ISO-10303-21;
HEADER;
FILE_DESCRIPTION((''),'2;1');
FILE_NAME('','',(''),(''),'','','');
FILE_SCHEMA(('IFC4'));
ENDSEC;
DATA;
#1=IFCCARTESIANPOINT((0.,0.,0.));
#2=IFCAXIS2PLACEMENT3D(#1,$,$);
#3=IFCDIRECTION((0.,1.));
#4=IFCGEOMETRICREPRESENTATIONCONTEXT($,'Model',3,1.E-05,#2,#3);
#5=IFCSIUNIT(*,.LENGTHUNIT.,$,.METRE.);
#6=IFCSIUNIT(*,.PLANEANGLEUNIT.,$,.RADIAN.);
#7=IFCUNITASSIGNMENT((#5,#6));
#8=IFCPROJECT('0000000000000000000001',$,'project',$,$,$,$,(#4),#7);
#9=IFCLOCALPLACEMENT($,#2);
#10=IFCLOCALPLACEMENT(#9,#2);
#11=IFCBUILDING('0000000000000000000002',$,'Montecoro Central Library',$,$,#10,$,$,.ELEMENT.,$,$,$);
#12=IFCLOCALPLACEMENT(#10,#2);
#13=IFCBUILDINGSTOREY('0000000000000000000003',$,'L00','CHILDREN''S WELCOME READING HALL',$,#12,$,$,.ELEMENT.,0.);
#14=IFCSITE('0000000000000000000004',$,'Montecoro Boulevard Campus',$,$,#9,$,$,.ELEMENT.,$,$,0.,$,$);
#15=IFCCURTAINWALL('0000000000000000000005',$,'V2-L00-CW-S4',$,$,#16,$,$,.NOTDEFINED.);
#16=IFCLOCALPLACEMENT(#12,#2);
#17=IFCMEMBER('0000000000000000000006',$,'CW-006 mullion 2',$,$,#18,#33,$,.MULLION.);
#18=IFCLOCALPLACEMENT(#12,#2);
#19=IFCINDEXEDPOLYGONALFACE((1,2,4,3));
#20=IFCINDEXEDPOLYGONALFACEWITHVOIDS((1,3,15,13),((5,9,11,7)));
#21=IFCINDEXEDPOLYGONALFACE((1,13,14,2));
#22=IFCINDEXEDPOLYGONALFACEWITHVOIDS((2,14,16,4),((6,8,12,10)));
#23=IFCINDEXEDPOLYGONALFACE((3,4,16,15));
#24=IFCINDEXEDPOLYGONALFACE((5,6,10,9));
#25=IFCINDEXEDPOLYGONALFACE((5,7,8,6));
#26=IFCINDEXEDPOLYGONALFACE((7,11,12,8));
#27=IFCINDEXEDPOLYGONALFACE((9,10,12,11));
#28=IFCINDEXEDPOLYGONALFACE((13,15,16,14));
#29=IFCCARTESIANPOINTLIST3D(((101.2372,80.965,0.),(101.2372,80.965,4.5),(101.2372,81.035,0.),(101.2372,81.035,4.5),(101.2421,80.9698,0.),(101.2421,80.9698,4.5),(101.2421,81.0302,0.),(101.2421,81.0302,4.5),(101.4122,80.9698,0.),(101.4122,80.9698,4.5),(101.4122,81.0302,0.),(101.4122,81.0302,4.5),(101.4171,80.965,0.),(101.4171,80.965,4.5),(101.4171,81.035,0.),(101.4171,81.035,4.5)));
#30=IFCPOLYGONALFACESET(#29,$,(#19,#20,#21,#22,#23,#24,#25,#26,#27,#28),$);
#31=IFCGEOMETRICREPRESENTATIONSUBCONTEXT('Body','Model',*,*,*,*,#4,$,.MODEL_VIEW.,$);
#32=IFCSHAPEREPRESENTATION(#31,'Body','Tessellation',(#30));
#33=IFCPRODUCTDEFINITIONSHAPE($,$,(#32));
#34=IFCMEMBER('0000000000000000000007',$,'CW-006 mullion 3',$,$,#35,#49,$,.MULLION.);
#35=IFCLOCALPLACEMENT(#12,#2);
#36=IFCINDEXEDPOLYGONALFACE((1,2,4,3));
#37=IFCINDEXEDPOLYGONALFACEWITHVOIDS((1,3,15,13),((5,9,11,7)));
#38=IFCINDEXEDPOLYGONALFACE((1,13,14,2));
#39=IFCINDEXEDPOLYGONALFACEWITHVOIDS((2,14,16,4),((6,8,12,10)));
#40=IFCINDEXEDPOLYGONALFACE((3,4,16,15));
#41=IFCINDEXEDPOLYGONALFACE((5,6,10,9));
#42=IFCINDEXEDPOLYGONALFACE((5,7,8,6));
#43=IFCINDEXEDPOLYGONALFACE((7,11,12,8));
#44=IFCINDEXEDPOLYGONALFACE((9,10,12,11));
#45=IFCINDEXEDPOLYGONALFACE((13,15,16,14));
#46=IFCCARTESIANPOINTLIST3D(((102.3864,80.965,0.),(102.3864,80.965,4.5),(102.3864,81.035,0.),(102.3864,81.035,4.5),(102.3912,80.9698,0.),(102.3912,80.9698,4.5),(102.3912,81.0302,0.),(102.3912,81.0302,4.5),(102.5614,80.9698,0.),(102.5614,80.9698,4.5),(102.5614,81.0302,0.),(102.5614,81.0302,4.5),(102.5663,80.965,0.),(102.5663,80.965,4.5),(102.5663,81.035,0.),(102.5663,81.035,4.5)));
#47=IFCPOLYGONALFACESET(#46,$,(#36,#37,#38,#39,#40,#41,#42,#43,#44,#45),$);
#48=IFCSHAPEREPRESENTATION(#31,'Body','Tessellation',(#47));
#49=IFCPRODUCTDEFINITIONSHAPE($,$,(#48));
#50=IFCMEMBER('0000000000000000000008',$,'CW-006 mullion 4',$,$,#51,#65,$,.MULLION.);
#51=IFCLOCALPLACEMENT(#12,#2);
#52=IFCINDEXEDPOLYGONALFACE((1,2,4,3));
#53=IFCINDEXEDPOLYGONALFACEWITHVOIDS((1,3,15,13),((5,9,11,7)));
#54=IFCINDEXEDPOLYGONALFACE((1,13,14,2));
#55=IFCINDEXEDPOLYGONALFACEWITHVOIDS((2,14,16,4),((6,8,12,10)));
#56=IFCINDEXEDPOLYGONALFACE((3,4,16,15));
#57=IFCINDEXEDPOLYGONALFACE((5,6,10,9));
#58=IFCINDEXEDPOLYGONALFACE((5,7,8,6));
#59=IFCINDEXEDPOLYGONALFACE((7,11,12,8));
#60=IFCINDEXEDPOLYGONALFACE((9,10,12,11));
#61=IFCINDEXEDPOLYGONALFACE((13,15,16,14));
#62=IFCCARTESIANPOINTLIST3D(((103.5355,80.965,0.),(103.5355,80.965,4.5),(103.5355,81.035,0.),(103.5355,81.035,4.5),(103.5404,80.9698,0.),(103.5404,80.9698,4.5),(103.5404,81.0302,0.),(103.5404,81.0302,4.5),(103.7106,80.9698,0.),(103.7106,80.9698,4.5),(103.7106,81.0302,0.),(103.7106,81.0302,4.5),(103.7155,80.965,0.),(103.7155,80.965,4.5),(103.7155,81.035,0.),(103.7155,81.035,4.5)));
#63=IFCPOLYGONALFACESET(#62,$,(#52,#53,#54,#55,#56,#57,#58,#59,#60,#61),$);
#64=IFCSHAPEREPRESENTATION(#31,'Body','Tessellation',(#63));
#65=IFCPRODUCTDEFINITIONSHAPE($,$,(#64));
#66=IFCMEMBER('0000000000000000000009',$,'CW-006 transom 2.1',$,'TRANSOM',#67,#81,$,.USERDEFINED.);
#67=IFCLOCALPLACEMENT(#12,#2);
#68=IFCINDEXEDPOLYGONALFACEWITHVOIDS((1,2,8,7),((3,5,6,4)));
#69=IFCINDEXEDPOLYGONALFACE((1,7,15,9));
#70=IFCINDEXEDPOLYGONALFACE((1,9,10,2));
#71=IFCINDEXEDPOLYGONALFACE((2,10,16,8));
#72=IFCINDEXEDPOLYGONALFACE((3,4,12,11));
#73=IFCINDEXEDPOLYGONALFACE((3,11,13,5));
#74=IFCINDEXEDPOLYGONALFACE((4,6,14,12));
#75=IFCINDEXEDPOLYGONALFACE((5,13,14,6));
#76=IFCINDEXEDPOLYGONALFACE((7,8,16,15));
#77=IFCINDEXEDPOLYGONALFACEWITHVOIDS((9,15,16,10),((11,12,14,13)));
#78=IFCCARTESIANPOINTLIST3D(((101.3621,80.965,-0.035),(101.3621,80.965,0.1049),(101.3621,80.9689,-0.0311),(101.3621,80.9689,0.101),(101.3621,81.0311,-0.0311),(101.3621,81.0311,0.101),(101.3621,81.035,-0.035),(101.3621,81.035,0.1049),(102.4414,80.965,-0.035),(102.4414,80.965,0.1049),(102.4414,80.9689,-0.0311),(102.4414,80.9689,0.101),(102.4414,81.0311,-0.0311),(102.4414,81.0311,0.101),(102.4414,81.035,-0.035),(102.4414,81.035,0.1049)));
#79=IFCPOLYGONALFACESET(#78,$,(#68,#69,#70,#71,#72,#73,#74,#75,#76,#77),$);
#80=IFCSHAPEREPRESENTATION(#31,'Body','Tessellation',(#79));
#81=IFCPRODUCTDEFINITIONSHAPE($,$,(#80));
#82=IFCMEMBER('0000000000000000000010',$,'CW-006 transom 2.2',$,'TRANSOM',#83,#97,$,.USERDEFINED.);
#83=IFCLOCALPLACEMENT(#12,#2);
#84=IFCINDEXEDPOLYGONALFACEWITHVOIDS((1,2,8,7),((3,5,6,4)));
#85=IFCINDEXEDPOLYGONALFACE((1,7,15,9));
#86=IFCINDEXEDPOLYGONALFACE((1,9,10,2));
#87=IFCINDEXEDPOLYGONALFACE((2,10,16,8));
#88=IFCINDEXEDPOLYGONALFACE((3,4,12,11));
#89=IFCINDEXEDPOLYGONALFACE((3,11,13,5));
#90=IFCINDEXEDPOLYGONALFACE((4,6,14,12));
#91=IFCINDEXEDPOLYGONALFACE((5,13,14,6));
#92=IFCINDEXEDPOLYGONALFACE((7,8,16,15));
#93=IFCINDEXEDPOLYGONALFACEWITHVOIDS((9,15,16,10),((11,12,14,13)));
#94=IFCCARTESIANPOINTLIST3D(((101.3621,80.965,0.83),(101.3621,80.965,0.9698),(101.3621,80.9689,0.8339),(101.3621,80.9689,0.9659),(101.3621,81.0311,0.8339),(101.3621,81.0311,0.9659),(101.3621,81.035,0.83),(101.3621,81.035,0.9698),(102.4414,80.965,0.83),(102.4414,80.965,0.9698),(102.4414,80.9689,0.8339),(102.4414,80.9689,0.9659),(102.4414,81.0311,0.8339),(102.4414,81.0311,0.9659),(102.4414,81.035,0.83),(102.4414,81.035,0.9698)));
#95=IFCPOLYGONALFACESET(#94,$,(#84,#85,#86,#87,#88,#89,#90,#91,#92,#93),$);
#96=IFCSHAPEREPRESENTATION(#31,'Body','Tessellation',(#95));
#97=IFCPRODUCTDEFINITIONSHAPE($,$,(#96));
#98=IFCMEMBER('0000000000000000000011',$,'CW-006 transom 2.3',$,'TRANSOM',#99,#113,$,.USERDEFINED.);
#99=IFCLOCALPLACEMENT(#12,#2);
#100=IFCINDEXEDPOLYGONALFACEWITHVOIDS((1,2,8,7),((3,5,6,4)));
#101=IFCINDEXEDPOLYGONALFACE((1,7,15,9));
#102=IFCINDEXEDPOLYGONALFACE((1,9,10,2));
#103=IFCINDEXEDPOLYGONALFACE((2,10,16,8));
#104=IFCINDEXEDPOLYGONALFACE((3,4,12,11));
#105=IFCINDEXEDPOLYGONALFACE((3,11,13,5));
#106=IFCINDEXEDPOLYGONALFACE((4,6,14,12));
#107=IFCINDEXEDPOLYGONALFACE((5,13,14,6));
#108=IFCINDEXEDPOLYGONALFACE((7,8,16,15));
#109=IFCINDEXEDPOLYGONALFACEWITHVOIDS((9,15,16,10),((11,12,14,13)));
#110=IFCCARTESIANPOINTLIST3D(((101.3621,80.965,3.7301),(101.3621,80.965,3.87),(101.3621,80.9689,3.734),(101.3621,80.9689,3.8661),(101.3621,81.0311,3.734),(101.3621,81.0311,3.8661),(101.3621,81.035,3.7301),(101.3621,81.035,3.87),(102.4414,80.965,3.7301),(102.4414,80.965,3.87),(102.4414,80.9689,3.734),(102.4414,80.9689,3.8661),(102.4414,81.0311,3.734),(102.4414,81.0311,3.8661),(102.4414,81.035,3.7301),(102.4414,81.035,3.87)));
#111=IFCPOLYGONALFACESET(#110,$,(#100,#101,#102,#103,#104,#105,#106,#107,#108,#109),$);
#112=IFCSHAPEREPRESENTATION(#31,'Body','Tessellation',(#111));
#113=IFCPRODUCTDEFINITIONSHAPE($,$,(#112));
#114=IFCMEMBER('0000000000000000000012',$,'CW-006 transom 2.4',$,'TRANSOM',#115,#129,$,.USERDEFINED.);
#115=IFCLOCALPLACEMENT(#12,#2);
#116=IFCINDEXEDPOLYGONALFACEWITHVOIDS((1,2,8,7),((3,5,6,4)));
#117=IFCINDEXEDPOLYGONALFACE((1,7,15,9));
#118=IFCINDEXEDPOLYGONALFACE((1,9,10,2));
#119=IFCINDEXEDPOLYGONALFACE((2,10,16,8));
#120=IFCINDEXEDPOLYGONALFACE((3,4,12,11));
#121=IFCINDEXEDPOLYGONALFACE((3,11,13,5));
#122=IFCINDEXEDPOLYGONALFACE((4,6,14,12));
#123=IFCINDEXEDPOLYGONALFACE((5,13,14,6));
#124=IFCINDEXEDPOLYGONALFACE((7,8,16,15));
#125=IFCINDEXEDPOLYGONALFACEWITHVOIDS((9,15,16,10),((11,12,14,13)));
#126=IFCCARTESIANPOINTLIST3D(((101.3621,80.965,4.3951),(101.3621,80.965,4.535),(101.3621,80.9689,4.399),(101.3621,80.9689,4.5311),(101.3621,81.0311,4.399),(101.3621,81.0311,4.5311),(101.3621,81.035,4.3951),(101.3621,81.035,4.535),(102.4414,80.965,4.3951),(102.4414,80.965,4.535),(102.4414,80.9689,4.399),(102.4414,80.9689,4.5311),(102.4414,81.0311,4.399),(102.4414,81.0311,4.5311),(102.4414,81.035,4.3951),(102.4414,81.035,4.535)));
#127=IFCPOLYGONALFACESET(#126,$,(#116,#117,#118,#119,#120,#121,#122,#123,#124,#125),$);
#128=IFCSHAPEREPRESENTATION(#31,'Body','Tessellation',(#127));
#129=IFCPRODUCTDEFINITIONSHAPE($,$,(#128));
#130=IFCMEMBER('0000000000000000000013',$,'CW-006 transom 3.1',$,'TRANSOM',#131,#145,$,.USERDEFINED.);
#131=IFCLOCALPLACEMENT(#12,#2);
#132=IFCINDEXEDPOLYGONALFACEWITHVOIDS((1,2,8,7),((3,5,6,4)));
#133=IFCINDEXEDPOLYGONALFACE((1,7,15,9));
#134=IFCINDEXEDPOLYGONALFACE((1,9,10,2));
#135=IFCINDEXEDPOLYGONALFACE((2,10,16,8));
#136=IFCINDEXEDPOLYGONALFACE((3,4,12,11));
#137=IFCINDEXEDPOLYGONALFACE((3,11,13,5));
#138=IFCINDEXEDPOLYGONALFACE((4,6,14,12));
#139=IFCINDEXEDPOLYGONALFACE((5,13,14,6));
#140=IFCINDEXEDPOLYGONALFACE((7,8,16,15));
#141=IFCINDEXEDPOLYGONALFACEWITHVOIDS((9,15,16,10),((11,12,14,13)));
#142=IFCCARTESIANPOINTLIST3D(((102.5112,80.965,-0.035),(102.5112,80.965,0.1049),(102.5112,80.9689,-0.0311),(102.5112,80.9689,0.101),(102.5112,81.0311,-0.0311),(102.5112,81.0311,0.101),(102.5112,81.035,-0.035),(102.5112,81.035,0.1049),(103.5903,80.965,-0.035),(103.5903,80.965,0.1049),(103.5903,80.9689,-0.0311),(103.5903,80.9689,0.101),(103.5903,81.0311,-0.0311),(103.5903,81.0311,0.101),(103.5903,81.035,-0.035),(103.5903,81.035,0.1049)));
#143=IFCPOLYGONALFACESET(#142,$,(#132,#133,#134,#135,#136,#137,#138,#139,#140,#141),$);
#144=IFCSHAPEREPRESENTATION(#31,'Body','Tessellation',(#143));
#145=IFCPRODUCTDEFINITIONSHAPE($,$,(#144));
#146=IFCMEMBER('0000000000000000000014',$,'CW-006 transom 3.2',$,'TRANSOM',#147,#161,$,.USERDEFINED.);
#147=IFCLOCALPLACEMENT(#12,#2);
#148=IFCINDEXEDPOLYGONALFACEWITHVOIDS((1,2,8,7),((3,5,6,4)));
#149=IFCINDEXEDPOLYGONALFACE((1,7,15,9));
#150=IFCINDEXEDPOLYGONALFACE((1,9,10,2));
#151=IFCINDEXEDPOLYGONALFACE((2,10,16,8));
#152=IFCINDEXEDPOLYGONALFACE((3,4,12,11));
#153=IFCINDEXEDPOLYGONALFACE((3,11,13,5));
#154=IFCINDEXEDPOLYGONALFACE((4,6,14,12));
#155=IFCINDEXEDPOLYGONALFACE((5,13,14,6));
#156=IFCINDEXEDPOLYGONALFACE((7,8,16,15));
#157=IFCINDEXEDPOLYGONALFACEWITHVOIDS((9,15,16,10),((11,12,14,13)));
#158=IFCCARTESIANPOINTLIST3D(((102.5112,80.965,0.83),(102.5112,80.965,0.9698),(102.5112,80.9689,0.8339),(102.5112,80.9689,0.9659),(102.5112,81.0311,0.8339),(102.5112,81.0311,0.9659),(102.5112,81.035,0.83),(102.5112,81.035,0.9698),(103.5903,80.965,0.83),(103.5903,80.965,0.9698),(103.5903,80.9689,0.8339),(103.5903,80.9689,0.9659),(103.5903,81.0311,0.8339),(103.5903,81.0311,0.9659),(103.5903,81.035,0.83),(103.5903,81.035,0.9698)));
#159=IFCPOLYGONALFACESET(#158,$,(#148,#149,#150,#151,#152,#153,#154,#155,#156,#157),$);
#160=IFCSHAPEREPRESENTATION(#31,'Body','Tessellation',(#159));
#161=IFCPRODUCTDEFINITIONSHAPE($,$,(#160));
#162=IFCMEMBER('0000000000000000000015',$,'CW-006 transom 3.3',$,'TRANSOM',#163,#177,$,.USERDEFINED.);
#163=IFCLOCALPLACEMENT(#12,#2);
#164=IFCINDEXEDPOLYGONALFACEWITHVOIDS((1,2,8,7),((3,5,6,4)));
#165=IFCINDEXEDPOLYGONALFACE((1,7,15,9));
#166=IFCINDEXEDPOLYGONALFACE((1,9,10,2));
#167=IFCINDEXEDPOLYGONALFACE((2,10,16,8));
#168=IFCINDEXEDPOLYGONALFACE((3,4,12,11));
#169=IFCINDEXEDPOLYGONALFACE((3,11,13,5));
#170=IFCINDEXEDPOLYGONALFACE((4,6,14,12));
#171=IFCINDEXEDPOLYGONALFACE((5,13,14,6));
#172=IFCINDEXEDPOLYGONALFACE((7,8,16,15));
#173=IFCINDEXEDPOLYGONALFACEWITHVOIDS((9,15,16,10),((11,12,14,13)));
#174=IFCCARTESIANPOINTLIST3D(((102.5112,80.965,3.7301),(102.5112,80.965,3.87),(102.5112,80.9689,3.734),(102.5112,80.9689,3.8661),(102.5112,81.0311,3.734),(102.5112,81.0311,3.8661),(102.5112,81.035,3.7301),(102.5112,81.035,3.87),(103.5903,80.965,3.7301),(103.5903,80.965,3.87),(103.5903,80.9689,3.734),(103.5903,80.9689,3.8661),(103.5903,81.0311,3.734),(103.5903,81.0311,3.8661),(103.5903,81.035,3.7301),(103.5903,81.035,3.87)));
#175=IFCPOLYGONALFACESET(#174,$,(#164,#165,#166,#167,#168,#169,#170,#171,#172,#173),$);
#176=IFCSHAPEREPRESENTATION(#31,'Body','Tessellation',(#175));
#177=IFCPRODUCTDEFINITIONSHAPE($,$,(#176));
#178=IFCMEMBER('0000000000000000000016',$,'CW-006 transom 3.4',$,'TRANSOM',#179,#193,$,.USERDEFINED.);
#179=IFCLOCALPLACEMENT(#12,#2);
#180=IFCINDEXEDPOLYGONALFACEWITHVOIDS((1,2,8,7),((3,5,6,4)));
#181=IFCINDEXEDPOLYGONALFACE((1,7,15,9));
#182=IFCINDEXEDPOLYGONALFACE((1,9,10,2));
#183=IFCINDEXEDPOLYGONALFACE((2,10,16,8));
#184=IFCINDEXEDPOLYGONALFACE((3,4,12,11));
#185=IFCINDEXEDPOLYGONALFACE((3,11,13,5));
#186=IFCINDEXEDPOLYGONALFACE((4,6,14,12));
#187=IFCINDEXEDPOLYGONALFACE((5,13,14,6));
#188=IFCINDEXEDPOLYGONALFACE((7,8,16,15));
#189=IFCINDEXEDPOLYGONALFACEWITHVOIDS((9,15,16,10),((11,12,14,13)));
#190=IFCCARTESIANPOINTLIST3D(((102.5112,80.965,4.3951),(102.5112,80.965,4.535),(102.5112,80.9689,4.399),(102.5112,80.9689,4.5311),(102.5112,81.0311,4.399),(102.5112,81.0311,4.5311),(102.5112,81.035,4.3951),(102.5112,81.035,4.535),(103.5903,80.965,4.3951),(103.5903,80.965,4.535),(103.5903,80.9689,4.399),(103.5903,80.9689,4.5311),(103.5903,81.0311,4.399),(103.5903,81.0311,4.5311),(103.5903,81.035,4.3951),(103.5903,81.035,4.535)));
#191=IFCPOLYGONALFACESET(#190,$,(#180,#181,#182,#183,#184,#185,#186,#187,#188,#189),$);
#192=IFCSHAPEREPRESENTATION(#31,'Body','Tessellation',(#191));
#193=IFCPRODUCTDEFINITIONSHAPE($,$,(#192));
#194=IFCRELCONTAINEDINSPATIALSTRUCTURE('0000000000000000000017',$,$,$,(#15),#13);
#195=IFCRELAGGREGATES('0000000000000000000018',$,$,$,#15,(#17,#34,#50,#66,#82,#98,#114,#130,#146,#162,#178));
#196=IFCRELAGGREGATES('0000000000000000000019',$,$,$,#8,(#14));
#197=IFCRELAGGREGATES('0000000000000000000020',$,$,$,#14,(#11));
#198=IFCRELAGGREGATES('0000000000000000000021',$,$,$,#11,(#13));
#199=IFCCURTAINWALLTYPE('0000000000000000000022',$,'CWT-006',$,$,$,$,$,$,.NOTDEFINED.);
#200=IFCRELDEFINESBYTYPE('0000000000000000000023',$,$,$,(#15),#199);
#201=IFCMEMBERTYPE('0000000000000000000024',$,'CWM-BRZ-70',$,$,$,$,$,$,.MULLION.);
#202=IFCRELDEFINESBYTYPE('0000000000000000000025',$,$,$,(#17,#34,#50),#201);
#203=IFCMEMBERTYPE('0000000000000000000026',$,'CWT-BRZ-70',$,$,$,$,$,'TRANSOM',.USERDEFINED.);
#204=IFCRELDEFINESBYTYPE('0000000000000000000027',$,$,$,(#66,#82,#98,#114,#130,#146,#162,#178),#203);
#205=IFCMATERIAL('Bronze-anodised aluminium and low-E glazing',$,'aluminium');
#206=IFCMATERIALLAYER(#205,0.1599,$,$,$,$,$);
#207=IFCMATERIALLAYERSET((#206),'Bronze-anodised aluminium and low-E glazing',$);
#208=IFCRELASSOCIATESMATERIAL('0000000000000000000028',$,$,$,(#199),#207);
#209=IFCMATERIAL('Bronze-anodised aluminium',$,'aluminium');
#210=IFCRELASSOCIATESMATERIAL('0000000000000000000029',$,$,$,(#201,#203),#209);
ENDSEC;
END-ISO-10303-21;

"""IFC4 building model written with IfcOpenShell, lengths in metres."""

from ifc_helpers import new_model, si_unit, direction, frame, origin, origin_2d, place, context, subcontext, project, spatial, hollow_rectangle, extrude, material, layer, layer_set, material_profile, profile_set, type_object, element, aggregate, save


model = new_model("IFC4")

# Units and contexts
model_context = context("Model", 3, precision=1e-05, world=origin(), true_north=direction((0.0, 1.0)))
body_context = subcontext(model_context, "Body", "Model", "MODEL_VIEW")
ifc_project = project(units=[si_unit("LENGTHUNIT", "METRE"), si_unit("PLANEANGLEUNIT", "RADIAN")], contexts=[model_context])

# Site, building, storey
site_placement = place(None, origin())
site = spatial("IfcSite", under=ifc_project, at=site_placement, Name="Montecoro Boulevard Campus", CompositionType="ELEMENT", RefElevation=0.0)
building_placement = place(site_placement, origin())
building = spatial("IfcBuilding", under=site, at=building_placement, Name="Montecoro Central Library", CompositionType="ELEMENT")
storey_placement = place(building_placement, origin())
storey = spatial("IfcBuildingStorey", under=building, at=storey_placement, Name="L00", Description="CHILDREN'S WELCOME READING HALL", CompositionType="ELEMENT", Elevation=0.0)

# Curtain wall, members
ifc_material_1 = material(Name="Bronze-anodised aluminium and low-E glazing", Category="aluminium")
ifc_layer_1 = layer(ifc_material_1, 0.1599)
ifc_layer_set_1 = layer_set([ifc_layer_1], Name="Bronze-anodised aluminium and low-E glazing")
curtain_wall_type = type_object("IfcCurtainWallType", Name="CWT-006", PredefinedType="NOTDEFINED", material=ifc_layer_set_1)
curtain_wall_placement = place(storey_placement, origin())
curtain_wall = element("IfcCurtainWall", 1, at=curtain_wall_placement, inside=storey, type_object=curtain_wall_type, Name="V2-L00-CW-S4", PredefinedType="NOTDEFINED")
ifc_material_2 = material(Name="Bronze-anodised aluminium", Category="aluminium")
ifc_material_profile_1 = material_profile(ifc_material_2, hollow_rectangle(XDim=0.0701, YDim=0.1799, WallThickness=0.0049, at=origin_2d()), Name="CWM 180x70x5.0")
ifc_profile_set_1 = profile_set([ifc_material_profile_1], Name="Bronze-anodised aluminium")
member_type_1 = type_object("IfcMemberType", Name="CWM-BRZ-70", PredefinedType="MULLION", material=ifc_profile_set_1)
member_1_placement = place(storey_placement, frame((101.3271, 81.0, 0.0), z_axis=(0.0, 0.0, 1.0), x_axis=(0.0, 1.0, 0.0)))
member_1 = element("IfcMember", 2, at=member_1_placement, type_object=member_type_1, Name="CW-006 mullion 2", PredefinedType="MULLION", context=body_context, shape_type="SweptSolid", body=[
    extrude(hollow_rectangle(XDim=0.0701, YDim=0.1799, WallThickness=0.0049, at=origin_2d()), origin(), (0.0, 0.0, 1.0), 4.5),
])
member_2_placement = place(storey_placement, frame((102.4763, 81.0, 0.0), z_axis=(0.0, 0.0, 1.0), x_axis=(0.0, 1.0, 0.0)))
member_2 = element("IfcMember", 3, at=member_2_placement, type_object=member_type_1, Name="CW-006 mullion 3", PredefinedType="MULLION", context=body_context, shape_type="SweptSolid", body=[
    extrude(hollow_rectangle(XDim=0.0701, YDim=0.1799, WallThickness=0.0049, at=origin_2d()), origin(), (0.0, 0.0, 1.0), 4.5),
])
member_3_placement = place(storey_placement, frame((103.6255, 81.0, 0.0), z_axis=(0.0, 0.0, 1.0), x_axis=(0.0, 1.0, 0.0)))
member_3 = element("IfcMember", 4, at=member_3_placement, type_object=member_type_1, Name="CW-006 mullion 4", PredefinedType="MULLION", context=body_context, shape_type="SweptSolid", body=[
    extrude(hollow_rectangle(XDim=0.0701, YDim=0.1799, WallThickness=0.0049, at=origin_2d()), origin(), (0.0, 0.0, 1.0), 4.5),
])
ifc_material_profile_2 = material_profile(ifc_material_2, hollow_rectangle(XDim=0.0701, YDim=0.1399, WallThickness=0.0039, at=origin_2d()), Name="CWT 140x70x4.0")
ifc_profile_set_2 = profile_set([ifc_material_profile_2], Name="Bronze-anodised aluminium")
member_type_2 = type_object("IfcMemberType", Name="CWT-BRZ-70", ElementType="TRANSOM", PredefinedType="USERDEFINED", material=ifc_profile_set_2)
member_4_placement = place(storey_placement, frame((101.3621, 81.0, 0.0349), z_axis=(1.0, 0.0, 0.0), x_axis=(0.0, 1.0, 0.0)))
member_4 = element("IfcMember", 5, at=member_4_placement, type_object=member_type_2, Name="CW-006 transom 2.1", ObjectType="TRANSOM", PredefinedType="USERDEFINED", context=body_context, shape_type="SweptSolid", body=[
    extrude(hollow_rectangle(XDim=0.0701, YDim=0.1399, WallThickness=0.0039, at=origin_2d()), origin(), (0.0, 0.0, 1.0), 1.0793),
])
member_5_placement = place(storey_placement, frame((101.3621, 81.0, 0.8999), z_axis=(1.0, 0.0, 0.0), x_axis=(0.0, 1.0, 0.0)))
member_5 = element("IfcMember", 6, at=member_5_placement, type_object=member_type_2, Name="CW-006 transom 2.2", ObjectType="TRANSOM", PredefinedType="USERDEFINED", context=body_context, shape_type="SweptSolid", body=[
    extrude(hollow_rectangle(XDim=0.0701, YDim=0.1399, WallThickness=0.0039, at=origin_2d()), origin(), (0.0, 0.0, 1.0), 1.0793),
])
member_6_placement = place(storey_placement, frame((101.3621, 81.0, 3.8), z_axis=(1.0, 0.0, 0.0), x_axis=(0.0, 1.0, 0.0)))
member_6 = element("IfcMember", 7, at=member_6_placement, type_object=member_type_2, Name="CW-006 transom 2.3", ObjectType="TRANSOM", PredefinedType="USERDEFINED", context=body_context, shape_type="SweptSolid", body=[
    extrude(hollow_rectangle(XDim=0.0701, YDim=0.1399, WallThickness=0.0039, at=origin_2d()), origin(), (0.0, 0.0, 1.0), 1.0793),
])
member_7_placement = place(storey_placement, frame((101.3621, 81.0, 4.4651), z_axis=(1.0, 0.0, 0.0), x_axis=(0.0, 1.0, 0.0)))
member_7 = element("IfcMember", 8, at=member_7_placement, type_object=member_type_2, Name="CW-006 transom 2.4", ObjectType="TRANSOM", PredefinedType="USERDEFINED", context=body_context, shape_type="SweptSolid", body=[
    extrude(hollow_rectangle(XDim=0.0701, YDim=0.1399, WallThickness=0.0039, at=origin_2d()), origin(), (0.0, 0.0, 1.0), 1.0793),
])
member_8_placement = place(storey_placement, frame((102.5112, 81.0, 0.0349), z_axis=(1.0, 0.0, 0.0), x_axis=(0.0, 1.0, 0.0)))
member_8 = element("IfcMember", 9, at=member_8_placement, type_object=member_type_2, Name="CW-006 transom 3.1", ObjectType="TRANSOM", PredefinedType="USERDEFINED", context=body_context, shape_type="SweptSolid", body=[
    extrude(hollow_rectangle(XDim=0.0701, YDim=0.1399, WallThickness=0.0039, at=origin_2d()), origin(), (0.0, 0.0, 1.0), 1.0791),
])
member_9_placement = place(storey_placement, frame((102.5112, 81.0, 0.8999), z_axis=(1.0, 0.0, 0.0), x_axis=(0.0, 1.0, 0.0)))
member_9 = element("IfcMember", 10, at=member_9_placement, type_object=member_type_2, Name="CW-006 transom 3.2", ObjectType="TRANSOM", PredefinedType="USERDEFINED", context=body_context, shape_type="SweptSolid", body=[
    extrude(hollow_rectangle(XDim=0.0701, YDim=0.1399, WallThickness=0.0039, at=origin_2d()), origin(), (0.0, 0.0, 1.0), 1.0791),
])
member_10_placement = place(storey_placement, frame((102.5112, 81.0, 3.8), z_axis=(1.0, 0.0, 0.0), x_axis=(0.0, 1.0, 0.0)))
member_10 = element("IfcMember", 11, at=member_10_placement, type_object=member_type_2, Name="CW-006 transom 3.3", ObjectType="TRANSOM", PredefinedType="USERDEFINED", context=body_context, shape_type="SweptSolid", body=[
    extrude(hollow_rectangle(XDim=0.0701, YDim=0.1399, WallThickness=0.0039, at=origin_2d()), origin(), (0.0, 0.0, 1.0), 1.0791),
])
member_11_placement = place(storey_placement, frame((102.5112, 81.0, 4.4651), z_axis=(1.0, 0.0, 0.0), x_axis=(0.0, 1.0, 0.0)))
member_11 = element("IfcMember", 12, at=member_11_placement, type_object=member_type_2, Name="CW-006 transom 3.4", ObjectType="TRANSOM", PredefinedType="USERDEFINED", context=body_context, shape_type="SweptSolid", body=[
    extrude(hollow_rectangle(XDim=0.0701, YDim=0.1399, WallThickness=0.0039, at=origin_2d()), origin(), (0.0, 0.0, 1.0), 1.0791),
])
aggregate(curtain_wall, [member_1, member_2, member_3, member_4, member_5, member_6, member_7, member_8, member_9, member_10, member_11])

save(model, "model.ifc")
